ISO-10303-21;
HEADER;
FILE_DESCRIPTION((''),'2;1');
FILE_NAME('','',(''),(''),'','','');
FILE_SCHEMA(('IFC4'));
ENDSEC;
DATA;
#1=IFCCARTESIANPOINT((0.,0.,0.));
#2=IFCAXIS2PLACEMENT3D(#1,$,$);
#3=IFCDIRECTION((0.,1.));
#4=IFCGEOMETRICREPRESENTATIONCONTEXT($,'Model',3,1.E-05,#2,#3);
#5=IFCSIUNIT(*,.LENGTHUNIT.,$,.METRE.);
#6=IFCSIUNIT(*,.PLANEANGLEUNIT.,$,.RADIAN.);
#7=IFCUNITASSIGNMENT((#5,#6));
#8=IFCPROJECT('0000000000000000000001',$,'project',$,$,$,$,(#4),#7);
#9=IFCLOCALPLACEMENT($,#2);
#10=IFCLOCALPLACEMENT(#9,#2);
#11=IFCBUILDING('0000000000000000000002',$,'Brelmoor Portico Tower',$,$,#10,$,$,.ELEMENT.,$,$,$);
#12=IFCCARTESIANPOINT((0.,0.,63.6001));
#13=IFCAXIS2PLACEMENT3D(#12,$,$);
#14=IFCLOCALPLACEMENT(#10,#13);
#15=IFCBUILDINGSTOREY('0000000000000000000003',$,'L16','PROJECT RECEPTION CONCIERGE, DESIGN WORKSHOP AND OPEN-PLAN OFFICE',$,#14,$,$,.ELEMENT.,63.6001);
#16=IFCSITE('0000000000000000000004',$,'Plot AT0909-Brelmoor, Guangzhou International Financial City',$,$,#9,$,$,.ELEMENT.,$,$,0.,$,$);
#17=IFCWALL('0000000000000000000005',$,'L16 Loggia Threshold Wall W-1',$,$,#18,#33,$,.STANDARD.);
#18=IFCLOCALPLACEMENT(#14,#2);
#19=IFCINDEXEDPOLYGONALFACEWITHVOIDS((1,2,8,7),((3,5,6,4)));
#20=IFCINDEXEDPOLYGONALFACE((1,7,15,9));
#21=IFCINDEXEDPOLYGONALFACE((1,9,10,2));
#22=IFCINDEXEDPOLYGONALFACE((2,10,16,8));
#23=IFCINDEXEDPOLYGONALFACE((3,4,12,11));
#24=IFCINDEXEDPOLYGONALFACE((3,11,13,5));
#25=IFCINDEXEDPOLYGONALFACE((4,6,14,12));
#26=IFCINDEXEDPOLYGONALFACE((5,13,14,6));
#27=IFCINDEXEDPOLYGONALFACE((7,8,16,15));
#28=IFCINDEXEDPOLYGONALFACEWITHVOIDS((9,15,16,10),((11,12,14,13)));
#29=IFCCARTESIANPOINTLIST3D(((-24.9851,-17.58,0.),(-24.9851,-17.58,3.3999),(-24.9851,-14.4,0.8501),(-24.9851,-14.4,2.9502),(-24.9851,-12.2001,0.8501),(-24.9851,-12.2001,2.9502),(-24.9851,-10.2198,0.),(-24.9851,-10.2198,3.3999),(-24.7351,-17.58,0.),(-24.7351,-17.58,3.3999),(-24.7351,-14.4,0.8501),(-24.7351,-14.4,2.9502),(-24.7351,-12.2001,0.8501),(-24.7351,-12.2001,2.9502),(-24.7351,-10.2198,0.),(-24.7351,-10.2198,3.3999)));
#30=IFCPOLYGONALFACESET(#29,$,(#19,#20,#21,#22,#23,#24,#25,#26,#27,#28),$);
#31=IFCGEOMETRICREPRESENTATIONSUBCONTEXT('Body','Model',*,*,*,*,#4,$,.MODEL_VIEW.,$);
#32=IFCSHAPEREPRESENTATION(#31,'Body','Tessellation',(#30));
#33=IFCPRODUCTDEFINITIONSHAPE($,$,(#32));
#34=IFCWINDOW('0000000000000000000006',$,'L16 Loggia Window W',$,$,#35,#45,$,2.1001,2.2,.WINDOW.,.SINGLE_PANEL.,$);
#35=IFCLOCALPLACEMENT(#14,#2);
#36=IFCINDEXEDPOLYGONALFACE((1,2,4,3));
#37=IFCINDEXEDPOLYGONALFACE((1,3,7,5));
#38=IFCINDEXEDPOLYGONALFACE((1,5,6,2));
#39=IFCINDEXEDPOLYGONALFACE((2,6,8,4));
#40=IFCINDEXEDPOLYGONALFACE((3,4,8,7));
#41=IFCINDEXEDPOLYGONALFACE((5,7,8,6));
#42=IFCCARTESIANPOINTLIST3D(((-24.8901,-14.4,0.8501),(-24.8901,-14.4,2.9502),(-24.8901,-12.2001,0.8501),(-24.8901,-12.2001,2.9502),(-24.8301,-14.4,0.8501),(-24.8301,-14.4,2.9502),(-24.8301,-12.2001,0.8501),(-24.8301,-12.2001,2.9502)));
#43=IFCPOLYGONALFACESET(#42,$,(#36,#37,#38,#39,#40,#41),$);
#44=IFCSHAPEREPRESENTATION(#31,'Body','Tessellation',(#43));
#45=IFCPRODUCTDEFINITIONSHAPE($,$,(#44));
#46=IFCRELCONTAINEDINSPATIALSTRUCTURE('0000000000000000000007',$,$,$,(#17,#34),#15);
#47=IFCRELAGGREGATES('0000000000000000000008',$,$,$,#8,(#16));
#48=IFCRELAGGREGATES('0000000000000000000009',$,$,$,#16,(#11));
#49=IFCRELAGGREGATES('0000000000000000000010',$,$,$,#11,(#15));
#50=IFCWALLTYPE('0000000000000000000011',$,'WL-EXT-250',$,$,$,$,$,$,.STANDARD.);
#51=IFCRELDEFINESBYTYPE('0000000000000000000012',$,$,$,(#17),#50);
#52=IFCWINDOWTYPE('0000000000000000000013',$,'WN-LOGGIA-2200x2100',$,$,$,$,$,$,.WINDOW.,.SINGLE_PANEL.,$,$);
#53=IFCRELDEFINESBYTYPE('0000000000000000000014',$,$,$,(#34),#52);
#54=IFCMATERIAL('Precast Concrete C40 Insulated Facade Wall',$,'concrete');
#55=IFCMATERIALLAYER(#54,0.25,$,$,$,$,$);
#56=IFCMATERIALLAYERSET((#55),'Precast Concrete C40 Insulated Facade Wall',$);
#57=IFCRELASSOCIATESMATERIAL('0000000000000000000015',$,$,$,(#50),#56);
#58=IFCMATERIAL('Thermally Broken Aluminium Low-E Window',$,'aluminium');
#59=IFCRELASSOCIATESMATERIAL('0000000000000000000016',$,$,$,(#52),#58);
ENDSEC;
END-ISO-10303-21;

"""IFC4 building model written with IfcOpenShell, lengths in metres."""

from ifc_helpers import new_model, si_unit, direction, frame, frame_2d, origin, place, context, subcontext, project, spatial, rectangle, extrude, material, layer, layer_set, type_object, element, fill, save


model = new_model("IFC4")

# Units and contexts
model_context = context("Model", 3, precision=1e-05, world=origin(), true_north=direction((0.0, 1.0)))
body_context = subcontext(model_context, "Body", "Model", "MODEL_VIEW")
ifc_project = project(units=[si_unit("LENGTHUNIT", "METRE"), si_unit("PLANEANGLEUNIT", "RADIAN")], contexts=[model_context])

# Site, building, storey
site_placement = place(None, origin())
site = spatial("IfcSite", under=ifc_project, at=site_placement, Name="Plot AT0909-Brelmoor, Guangzhou International Financial City", CompositionType="ELEMENT", RefElevation=0.0)
building_placement = place(site_placement, origin())
building = spatial("IfcBuilding", under=site, at=building_placement, Name="Brelmoor Portico Tower", CompositionType="ELEMENT")
storey_placement = place(building_placement, frame((0.0, 0.0, 63.6001)))
storey = spatial("IfcBuildingStorey", under=building, at=storey_placement, Name="L16", Description="PROJECT RECEPTION CONCIERGE, DESIGN WORKSHOP AND OPEN-PLAN OFFICE", CompositionType="ELEMENT", Elevation=63.6001)

# Wall, opening, window
ifc_material_1 = material(Name="Precast Concrete C40 Insulated Facade Wall", Category="concrete")
ifc_layer_1 = layer(ifc_material_1, 0.25)
ifc_layer_set_1 = layer_set([ifc_layer_1], Name="Precast Concrete C40 Insulated Facade Wall")
wall_type = type_object("IfcWallType", Name="WL-EXT-250", PredefinedType="STANDARD", material=ifc_layer_set_1)
wall_placement = place(storey_placement, frame((-24.8601, -17.5801, 0.0), z_axis=(0.0, 0.0, 1.0), x_axis=(0.0, 1.0, 0.0)))
wall = element("IfcWall", 1, at=wall_placement, inside=storey, type_object=wall_type, Name="L16 Loggia Threshold Wall W-1", PredefinedType="STANDARD", context=body_context, shape_type="SweptSolid", body=[
    extrude(rectangle(XDim=7.3601, YDim=0.25, at=frame_2d((3.6802, 0.0))), origin(), (0.0, 0.0, 1.0), 3.3999),
])
opening_placement = place(wall_placement, frame((3.1799, 0.0, 0.8501)))
opening = element("IfcOpeningElement", 2, at=opening_placement, cuts=wall, PredefinedType="OPENING", context=body_context, shape_type="SweptSolid", body=[
    extrude(rectangle(XDim=2.2, YDim=2.1001, at=frame_2d((1.1001, 1.05))), frame((0.0, 0.135, 0.0), z_axis=(0.0, -1.0, 0.0), x_axis=(1.0, 0.0, 0.0)), (0.0, 0.0, 1.0), 0.27),
])
ifc_material_2 = material(Name="Thermally Broken Aluminium Low-E Window", Category="aluminium")
window_type = type_object("IfcWindowType", Name="WN-LOGGIA-2200x2100", PartitioningType="SINGLE_PANEL", PredefinedType="WINDOW", material=ifc_material_2)
window_placement = place(opening_placement, origin())
window = element("IfcWindow", 3, at=window_placement, inside=storey, type_object=window_type, Name="L16 Loggia Window W", OverallHeight=2.1001, OverallWidth=2.2, PartitioningType="SINGLE_PANEL", PredefinedType="WINDOW", context=body_context, shape_type="SweptSolid", body=[
    extrude(rectangle(XDim=2.2, YDim=2.1001, at=frame_2d((1.1001, 1.05))), frame((0.0, 0.03, 0.0), z_axis=(0.0, -1.0, 0.0), x_axis=(1.0, 0.0, 0.0)), (0.0, 0.0, 1.0), 0.0601),
])
fill(opening, window)

save(model, "model.ifc")
